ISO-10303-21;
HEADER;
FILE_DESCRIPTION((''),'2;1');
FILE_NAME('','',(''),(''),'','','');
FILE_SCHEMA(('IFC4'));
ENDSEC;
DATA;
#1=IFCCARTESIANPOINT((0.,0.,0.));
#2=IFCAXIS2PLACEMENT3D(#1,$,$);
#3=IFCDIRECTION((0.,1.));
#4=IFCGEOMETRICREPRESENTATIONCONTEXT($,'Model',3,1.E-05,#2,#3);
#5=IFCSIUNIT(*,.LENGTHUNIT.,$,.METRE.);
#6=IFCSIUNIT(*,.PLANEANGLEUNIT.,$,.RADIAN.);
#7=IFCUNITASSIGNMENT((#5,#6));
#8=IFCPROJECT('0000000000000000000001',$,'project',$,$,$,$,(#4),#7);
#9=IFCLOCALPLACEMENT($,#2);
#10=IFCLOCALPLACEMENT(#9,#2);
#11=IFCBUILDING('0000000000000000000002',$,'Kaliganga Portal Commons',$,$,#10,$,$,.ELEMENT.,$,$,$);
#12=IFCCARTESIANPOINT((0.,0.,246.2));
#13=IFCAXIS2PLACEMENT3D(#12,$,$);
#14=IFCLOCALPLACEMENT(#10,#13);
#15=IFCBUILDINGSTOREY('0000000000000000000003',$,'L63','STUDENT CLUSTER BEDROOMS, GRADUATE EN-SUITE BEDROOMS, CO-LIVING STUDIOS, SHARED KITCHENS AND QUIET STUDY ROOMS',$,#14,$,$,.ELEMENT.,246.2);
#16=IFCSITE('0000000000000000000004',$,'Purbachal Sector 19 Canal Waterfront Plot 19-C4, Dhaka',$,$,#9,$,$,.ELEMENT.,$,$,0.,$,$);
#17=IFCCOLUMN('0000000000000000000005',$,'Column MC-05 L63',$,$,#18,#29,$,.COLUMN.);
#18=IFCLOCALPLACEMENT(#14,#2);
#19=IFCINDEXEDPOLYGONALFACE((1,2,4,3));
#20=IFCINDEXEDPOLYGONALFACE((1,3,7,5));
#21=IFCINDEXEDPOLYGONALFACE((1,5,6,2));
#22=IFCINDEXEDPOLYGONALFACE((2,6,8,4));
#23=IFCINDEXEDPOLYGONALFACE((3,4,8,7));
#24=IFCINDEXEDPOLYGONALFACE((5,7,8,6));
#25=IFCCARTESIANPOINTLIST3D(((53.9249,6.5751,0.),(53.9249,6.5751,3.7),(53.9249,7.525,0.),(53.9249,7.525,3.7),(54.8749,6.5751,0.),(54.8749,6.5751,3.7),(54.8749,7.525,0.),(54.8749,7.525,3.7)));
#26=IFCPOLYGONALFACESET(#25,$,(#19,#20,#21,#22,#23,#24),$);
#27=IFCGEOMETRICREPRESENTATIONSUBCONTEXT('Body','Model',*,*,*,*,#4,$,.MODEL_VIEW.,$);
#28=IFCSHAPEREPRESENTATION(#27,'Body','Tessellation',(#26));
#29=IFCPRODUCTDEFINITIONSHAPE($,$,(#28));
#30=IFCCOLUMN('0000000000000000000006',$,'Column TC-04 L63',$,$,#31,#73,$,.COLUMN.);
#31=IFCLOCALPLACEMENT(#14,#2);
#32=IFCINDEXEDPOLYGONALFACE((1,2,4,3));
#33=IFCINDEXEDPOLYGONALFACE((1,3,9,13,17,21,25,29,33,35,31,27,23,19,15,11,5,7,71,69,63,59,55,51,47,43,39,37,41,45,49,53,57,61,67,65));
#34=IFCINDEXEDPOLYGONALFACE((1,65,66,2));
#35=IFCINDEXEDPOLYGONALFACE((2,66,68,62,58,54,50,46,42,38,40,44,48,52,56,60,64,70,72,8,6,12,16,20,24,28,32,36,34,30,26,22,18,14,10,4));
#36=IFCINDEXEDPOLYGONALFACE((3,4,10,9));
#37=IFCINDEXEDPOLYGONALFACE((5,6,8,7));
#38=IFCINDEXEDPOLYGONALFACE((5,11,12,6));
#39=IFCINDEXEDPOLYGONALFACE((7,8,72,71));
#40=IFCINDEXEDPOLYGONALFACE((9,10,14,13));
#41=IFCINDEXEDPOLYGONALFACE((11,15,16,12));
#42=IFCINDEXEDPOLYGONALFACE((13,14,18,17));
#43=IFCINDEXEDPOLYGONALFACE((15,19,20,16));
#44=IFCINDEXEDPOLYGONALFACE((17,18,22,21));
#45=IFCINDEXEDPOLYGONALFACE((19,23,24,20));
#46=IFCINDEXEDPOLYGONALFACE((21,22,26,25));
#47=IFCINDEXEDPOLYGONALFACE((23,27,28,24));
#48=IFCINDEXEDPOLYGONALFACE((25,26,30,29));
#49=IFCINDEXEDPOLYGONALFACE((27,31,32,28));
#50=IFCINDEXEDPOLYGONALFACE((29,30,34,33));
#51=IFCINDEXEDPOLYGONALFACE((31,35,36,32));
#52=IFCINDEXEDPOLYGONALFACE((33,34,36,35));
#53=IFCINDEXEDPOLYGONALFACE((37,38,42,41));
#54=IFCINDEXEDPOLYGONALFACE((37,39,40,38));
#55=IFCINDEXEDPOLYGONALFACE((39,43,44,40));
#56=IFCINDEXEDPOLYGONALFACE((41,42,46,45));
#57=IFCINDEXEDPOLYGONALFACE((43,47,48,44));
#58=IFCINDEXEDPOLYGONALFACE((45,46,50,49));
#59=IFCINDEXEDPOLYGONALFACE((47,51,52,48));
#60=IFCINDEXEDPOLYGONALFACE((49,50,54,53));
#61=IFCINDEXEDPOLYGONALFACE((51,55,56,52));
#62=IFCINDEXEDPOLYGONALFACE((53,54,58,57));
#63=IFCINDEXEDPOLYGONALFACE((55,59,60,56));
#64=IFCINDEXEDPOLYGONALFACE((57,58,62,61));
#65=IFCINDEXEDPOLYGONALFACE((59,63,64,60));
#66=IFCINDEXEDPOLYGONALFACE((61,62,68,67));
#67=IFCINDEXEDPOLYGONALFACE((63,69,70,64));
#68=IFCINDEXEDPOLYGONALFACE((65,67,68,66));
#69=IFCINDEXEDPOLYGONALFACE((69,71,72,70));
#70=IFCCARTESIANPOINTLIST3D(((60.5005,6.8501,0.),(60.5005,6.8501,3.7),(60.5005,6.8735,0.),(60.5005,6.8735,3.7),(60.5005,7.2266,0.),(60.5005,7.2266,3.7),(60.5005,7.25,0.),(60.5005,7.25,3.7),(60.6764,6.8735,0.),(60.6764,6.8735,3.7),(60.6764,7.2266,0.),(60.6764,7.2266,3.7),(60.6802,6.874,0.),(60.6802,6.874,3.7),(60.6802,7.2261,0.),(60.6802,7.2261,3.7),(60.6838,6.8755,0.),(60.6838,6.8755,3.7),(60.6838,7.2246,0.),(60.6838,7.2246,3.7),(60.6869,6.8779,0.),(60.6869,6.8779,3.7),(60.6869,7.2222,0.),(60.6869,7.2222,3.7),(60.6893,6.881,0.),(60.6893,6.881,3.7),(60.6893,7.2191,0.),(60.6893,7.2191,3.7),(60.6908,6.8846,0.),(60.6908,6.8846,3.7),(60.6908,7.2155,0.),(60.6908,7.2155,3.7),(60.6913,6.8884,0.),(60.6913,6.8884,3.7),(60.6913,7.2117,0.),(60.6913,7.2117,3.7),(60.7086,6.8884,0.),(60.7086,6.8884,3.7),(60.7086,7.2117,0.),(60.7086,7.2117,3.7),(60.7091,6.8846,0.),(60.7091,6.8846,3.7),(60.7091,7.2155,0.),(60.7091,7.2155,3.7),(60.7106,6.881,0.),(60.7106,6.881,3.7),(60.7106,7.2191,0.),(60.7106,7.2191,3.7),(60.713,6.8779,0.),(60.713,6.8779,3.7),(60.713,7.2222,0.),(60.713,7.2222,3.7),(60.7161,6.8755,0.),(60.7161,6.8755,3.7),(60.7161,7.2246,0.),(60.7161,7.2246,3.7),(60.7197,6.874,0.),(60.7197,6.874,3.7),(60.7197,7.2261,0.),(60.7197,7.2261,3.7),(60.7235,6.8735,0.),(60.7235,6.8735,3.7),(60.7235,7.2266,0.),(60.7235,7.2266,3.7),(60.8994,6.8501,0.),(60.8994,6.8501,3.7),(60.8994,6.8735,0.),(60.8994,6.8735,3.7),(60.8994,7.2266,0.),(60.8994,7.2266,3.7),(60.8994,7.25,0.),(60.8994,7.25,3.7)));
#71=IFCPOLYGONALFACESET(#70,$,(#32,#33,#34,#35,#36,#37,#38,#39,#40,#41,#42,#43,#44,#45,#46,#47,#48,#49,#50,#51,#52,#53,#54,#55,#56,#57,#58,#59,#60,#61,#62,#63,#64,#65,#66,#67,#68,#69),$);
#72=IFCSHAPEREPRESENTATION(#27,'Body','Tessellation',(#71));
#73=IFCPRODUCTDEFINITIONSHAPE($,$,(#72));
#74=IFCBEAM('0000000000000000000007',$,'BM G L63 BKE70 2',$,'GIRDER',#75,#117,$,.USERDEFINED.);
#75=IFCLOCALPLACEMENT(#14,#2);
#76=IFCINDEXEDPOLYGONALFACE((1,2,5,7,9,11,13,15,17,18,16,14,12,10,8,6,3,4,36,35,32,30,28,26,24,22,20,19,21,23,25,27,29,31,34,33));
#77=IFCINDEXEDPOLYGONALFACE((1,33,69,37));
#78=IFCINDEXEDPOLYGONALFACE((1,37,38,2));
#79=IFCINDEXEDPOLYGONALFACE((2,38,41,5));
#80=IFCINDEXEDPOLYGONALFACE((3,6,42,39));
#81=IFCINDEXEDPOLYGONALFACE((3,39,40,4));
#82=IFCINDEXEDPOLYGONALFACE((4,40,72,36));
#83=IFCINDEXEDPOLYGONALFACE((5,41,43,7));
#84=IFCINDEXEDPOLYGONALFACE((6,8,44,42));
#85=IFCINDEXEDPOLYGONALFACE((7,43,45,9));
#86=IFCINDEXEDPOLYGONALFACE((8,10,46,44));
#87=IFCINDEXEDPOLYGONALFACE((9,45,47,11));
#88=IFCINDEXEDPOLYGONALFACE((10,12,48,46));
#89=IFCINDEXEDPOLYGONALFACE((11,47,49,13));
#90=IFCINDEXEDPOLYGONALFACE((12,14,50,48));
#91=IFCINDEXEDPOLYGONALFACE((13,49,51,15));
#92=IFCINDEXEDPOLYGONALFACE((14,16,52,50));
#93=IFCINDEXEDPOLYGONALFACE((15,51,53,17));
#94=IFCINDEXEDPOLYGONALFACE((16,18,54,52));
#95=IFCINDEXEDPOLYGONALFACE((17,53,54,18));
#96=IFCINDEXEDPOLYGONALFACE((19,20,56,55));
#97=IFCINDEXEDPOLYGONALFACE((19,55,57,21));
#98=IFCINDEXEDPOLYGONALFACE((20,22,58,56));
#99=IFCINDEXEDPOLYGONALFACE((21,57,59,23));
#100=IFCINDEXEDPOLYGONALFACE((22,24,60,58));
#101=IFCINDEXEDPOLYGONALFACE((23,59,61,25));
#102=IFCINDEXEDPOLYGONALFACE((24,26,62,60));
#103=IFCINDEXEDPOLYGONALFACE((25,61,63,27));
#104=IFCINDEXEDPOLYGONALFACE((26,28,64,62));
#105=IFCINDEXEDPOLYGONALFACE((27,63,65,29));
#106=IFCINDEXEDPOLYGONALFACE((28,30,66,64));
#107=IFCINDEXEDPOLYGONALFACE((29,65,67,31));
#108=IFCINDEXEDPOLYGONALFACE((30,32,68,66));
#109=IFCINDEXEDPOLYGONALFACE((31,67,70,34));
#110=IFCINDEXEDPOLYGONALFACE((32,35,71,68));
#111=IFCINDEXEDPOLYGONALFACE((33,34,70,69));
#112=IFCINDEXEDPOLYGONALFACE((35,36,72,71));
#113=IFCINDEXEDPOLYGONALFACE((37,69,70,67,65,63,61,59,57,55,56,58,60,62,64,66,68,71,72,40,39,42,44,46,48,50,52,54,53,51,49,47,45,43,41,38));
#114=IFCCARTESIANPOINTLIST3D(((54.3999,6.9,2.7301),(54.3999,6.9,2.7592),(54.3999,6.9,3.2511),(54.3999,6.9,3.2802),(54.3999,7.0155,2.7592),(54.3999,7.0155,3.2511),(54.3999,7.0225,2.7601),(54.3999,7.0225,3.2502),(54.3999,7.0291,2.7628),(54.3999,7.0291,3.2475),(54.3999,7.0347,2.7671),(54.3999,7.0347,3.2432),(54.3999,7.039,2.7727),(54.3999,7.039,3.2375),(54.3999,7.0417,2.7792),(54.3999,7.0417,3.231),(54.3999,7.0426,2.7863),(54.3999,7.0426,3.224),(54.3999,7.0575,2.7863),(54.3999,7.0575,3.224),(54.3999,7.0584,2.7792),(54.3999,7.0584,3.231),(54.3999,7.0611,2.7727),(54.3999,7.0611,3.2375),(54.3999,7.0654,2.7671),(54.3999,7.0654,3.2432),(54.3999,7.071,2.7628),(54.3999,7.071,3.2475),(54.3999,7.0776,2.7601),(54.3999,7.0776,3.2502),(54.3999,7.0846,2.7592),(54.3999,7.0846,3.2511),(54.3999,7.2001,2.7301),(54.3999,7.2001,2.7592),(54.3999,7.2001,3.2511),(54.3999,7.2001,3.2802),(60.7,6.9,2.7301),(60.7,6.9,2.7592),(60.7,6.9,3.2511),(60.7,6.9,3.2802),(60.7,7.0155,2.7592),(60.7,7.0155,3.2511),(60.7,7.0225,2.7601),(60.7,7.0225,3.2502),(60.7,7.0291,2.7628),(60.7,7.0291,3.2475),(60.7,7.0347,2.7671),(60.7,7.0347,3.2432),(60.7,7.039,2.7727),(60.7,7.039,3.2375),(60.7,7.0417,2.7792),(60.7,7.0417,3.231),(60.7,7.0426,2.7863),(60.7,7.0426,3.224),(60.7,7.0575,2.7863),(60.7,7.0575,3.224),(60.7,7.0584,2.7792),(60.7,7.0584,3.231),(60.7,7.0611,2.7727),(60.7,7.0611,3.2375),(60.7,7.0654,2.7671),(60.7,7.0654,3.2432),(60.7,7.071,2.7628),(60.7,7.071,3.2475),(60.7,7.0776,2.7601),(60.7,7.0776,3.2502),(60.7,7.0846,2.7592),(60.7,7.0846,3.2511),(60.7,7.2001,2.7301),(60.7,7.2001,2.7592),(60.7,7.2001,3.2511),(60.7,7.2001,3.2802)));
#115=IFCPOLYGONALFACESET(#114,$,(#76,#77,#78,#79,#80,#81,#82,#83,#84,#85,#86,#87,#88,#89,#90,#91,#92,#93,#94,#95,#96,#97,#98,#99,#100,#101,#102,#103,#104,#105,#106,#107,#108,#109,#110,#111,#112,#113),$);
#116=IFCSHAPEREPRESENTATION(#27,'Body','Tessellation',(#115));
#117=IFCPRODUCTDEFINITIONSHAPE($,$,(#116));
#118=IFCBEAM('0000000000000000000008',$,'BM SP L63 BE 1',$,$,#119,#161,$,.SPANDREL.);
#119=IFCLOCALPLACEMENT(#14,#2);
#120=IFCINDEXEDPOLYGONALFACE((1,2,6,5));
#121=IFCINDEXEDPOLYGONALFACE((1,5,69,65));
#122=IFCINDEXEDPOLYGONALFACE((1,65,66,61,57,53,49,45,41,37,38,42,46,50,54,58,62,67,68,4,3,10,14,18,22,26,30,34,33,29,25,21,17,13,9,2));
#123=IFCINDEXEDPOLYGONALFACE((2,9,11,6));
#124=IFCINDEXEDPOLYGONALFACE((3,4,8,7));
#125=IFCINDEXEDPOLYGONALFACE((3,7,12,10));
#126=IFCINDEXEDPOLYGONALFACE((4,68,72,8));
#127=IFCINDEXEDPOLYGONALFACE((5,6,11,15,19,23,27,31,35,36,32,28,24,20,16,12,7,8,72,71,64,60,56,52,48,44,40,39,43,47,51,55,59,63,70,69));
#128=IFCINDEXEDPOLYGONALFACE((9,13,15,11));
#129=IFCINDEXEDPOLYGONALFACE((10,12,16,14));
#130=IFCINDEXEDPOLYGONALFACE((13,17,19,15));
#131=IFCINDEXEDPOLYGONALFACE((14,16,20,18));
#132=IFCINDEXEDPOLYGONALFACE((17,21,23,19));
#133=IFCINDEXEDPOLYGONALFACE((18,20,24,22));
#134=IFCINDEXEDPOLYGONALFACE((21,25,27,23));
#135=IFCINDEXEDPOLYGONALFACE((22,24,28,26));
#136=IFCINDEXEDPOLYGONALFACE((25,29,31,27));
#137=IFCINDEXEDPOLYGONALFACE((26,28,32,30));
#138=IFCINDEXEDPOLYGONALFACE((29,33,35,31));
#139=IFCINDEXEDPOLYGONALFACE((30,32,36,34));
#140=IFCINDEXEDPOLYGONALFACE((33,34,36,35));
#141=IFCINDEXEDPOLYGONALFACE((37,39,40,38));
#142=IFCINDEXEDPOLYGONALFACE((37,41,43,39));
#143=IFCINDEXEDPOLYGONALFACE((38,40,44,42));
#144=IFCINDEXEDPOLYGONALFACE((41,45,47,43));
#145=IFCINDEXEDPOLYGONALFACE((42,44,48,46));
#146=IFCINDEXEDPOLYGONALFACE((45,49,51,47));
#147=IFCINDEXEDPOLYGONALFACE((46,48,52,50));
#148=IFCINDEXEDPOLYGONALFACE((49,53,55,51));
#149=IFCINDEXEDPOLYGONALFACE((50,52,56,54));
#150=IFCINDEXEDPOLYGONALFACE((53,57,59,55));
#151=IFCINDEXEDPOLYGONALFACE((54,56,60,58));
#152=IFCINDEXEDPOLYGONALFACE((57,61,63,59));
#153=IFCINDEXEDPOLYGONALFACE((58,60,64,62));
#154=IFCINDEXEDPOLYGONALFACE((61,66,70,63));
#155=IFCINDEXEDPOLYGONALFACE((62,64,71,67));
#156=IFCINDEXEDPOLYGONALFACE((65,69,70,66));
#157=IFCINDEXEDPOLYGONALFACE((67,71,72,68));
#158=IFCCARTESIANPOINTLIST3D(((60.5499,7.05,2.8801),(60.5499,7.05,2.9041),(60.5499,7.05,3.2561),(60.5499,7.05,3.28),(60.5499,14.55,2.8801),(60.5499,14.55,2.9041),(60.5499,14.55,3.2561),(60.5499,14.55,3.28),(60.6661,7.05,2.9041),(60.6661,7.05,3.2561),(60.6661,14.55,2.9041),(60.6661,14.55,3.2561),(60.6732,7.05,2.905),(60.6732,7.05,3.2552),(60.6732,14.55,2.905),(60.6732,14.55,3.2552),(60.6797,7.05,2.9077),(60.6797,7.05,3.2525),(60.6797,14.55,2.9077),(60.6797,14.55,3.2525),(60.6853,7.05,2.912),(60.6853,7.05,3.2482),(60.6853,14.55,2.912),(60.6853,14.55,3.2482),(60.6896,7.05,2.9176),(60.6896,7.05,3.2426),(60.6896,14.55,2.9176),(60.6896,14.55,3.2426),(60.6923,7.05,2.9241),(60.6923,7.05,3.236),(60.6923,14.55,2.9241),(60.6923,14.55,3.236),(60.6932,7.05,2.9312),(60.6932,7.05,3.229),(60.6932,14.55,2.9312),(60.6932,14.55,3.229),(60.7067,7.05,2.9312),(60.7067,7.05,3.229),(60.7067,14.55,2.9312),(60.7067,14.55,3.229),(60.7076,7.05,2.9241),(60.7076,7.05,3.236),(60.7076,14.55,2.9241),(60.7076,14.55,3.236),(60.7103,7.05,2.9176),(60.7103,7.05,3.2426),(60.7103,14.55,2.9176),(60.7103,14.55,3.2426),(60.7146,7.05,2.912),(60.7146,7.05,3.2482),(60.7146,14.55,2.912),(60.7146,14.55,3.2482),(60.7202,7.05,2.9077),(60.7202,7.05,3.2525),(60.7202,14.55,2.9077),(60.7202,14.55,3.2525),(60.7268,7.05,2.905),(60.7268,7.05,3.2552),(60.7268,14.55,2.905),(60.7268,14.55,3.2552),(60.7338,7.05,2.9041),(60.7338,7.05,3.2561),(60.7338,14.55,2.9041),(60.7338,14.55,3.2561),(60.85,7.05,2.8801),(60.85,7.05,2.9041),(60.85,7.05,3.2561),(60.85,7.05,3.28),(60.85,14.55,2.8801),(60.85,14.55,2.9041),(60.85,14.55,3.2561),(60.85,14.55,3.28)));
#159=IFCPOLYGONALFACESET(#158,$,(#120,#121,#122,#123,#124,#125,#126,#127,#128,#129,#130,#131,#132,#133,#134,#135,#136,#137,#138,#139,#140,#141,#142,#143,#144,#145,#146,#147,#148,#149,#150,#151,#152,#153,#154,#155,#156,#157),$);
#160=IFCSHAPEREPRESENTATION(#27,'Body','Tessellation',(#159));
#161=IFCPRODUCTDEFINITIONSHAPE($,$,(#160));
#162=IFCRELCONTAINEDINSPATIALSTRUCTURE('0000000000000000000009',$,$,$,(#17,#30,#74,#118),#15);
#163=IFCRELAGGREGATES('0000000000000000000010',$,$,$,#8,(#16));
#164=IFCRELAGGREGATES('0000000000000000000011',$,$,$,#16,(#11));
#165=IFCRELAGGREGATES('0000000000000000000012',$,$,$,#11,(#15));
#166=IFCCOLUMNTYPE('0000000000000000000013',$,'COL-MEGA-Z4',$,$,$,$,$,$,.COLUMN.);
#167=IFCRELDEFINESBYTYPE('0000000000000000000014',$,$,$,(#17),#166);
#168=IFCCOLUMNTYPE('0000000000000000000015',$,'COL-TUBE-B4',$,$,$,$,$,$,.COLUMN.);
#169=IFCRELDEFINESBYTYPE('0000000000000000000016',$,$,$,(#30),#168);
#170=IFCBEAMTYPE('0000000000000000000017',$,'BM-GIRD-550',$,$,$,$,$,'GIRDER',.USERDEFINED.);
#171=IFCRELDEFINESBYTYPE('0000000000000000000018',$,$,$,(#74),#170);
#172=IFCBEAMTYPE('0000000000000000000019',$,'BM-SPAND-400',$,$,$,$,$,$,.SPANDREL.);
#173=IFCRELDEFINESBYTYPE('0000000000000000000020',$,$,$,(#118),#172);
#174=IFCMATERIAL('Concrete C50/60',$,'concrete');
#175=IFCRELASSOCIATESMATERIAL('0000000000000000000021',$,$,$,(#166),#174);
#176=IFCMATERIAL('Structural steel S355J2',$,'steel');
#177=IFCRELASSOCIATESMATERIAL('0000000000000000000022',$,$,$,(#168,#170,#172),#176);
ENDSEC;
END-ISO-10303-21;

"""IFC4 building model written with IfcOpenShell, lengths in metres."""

from ifc_helpers import new_model, si_unit, direction, frame, origin, origin_2d, place, context, subcontext, project, spatial, rectangle, i_section, extrude, source, transform, mapped, material, material_profile, profile_set, type_object, element, save


model = new_model("IFC4")

# Units and contexts
model_context = context("Model", 3, precision=1e-05, world=origin(), true_north=direction((0.0, 1.0)))
body_context = subcontext(model_context, "Body", "Model", "MODEL_VIEW")
ifc_project = project(units=[si_unit("LENGTHUNIT", "METRE"), si_unit("PLANEANGLEUNIT", "RADIAN")], contexts=[model_context])

# Site, building, storey
site_placement = place(None, origin())
site = spatial("IfcSite", under=ifc_project, at=site_placement, Name="Purbachal Sector 19 Canal Waterfront Plot 19-C4, Dhaka", CompositionType="ELEMENT", RefElevation=0.0)
building_placement = place(site_placement, origin())
building = spatial("IfcBuilding", under=site, at=building_placement, Name="Kaliganga Portal Commons", CompositionType="ELEMENT")
storey_placement = place(building_placement, frame((0.0, 0.0, 246.2)))
storey = spatial("IfcBuildingStorey", under=building, at=storey_placement, Name="L63", Description="STUDENT CLUSTER BEDROOMS, GRADUATE EN-SUITE BEDROOMS, CO-LIVING STUDIOS, SHARED KITCHENS AND QUIET STUDY ROOMS", CompositionType="ELEMENT", Elevation=246.2)

# Columns
ifc_material_1 = material(Name="Concrete C50/60", Category="concrete")
ifc_material_profile_1 = material_profile(ifc_material_1, rectangle(XDim=0.95, YDim=0.95, at=origin_2d()), Name="RC 950x950")
ifc_profile_set_1 = profile_set([ifc_material_profile_1], Name="Concrete C50/60")
column_type_1 = type_object("IfcColumnType", Name="COL-MEGA-Z4", PredefinedType="COLUMN", material=ifc_profile_set_1)
shared_shape_1 = source(origin(), body_context, "Body", "SweptSolid", [
    extrude(rectangle(XDim=0.95, YDim=0.95, at=origin_2d()), origin(), (0.0, 0.0, 1.0), 3.7),
])
column_1_placement = place(storey_placement, frame((54.3999, 7.05, 0.0), z_axis=(0.0, 0.0, 1.0), x_axis=(1.0, 0.0, 0.0)))
element("IfcColumn", 1, at=column_1_placement, inside=storey, type_object=column_type_1, Name="Column MC-05 L63", PredefinedType="COLUMN", context=body_context, shape_type="MappedRepresentation", body=[
    mapped(shared_shape_1, transform((0.0, 0.0, 0.0), x_axis=(1.0, 0.0, 0.0), y_axis=(0.0, 1.0, 0.0), z_axis=(0.0, 0.0, 1.0), scale=1.0)),
])
ifc_material_2 = material(Name="Structural steel S355J2", Category="steel")
ifc_material_profile_2 = material_profile(ifc_material_2, i_section(OverallWidth=0.3989, OverallDepth=0.3999, WebThickness=0.0173, FlangeThickness=0.0234, FilletRadius=0.0149, at=origin_2d()), Name="HD 400x287")
ifc_profile_set_2 = profile_set([ifc_material_profile_2], Name="Structural steel S355J2 wide-flange")
column_type_2 = type_object("IfcColumnType", Name="COL-TUBE-B4", PredefinedType="COLUMN", material=ifc_profile_set_2)
shared_shape_2 = source(origin(), body_context, "Body", "SweptSolid", [
    extrude(i_section(OverallWidth=0.3989, OverallDepth=0.3999, WebThickness=0.0173, FlangeThickness=0.0234, FilletRadius=0.0149, at=origin_2d()), origin(), (0.0, 0.0, 1.0), 3.7),
])
column_2_placement = place(storey_placement, frame((60.7, 7.05, 0.0), z_axis=(0.0, 0.0, 1.0), x_axis=(1.0, 0.0, 0.0)))
element("IfcColumn", 2, at=column_2_placement, inside=storey, type_object=column_type_2, Name="Column TC-04 L63", PredefinedType="COLUMN", context=body_context, shape_type="MappedRepresentation", body=[
    mapped(shared_shape_2, transform((0.0, 0.0, 0.0), x_axis=(1.0, 0.0, 0.0), y_axis=(0.0, 1.0, 0.0), z_axis=(0.0, 0.0, 1.0), scale=1.0)),
])

# Beams
ifc_material_profile_3 = material_profile(ifc_material_2, i_section(OverallWidth=0.3, OverallDepth=0.55, WebThickness=0.0149, FlangeThickness=0.0291, FilletRadius=0.0271, at=origin_2d()), Name="HE 550 B")
ifc_profile_set_3 = profile_set([ifc_material_profile_3], Name="Structural steel S355J2 wide-flange")
beam_type_1 = type_object("IfcBeamType", Name="BM-GIRD-550", ElementType="GIRDER", PredefinedType="USERDEFINED", material=ifc_profile_set_3)
shared_shape_3 = source(origin(), body_context, "Body", "SweptSolid", [
    extrude(i_section(OverallWidth=0.3, OverallDepth=0.55, WebThickness=0.0149, FlangeThickness=0.0291, FilletRadius=0.0271, at=origin_2d()), origin(), (0.0, 0.0, 1.0), 6.3),
])
beam_1_placement = place(storey_placement, frame((54.3999, 7.05, 3.0051), z_axis=(1.0, 0.0, 0.0), x_axis=(0.0, 1.0, 0.0)))
element("IfcBeam", 3, at=beam_1_placement, inside=storey, type_object=beam_type_1, Name="BM G L63 BKE70 2", ObjectType="GIRDER", PredefinedType="USERDEFINED", context=body_context, shape_type="MappedRepresentation", body=[
    mapped(shared_shape_3, transform((0.0, 0.0, 0.0), x_axis=(1.0, 0.0, 0.0), y_axis=(0.0, 1.0, 0.0), z_axis=(0.0, 0.0, 1.0), scale=1.0)),
])
ifc_material_profile_4 = material_profile(ifc_material_2, i_section(OverallWidth=0.3, OverallDepth=0.3999, WebThickness=0.0134, FlangeThickness=0.0239, FilletRadius=0.0271, at=origin_2d()), Name="HE 400 B")
ifc_profile_set_4 = profile_set([ifc_material_profile_4], Name="Structural steel S355J2 wide-flange")
beam_type_2 = type_object("IfcBeamType", Name="BM-SPAND-400", PredefinedType="SPANDREL", material=ifc_profile_set_4)
shared_shape_4 = source(origin(), body_context, "Body", "SweptSolid", [
    extrude(i_section(OverallWidth=0.3, OverallDepth=0.3999, WebThickness=0.0134, FlangeThickness=0.0239, FilletRadius=0.0271, at=origin_2d()), origin(), (0.0, 0.0, 1.0), 7.5),
])
beam_2_placement = place(storey_placement, frame((60.7, 7.05, 3.0801), z_axis=(0.0, 1.0, 0.0), x_axis=(-1.0, 0.0, 0.0)))
element("IfcBeam", 4, at=beam_2_placement, inside=storey, type_object=beam_type_2, Name="BM SP L63 BE 1", PredefinedType="SPANDREL", context=body_context, shape_type="MappedRepresentation", body=[
    mapped(shared_shape_4, transform((0.0, 0.0, 0.0), x_axis=(1.0, 0.0, 0.0), y_axis=(0.0, 1.0, 0.0), z_axis=(0.0, 0.0, 1.0), scale=1.0)),
])

save(model, "model.ifc")
